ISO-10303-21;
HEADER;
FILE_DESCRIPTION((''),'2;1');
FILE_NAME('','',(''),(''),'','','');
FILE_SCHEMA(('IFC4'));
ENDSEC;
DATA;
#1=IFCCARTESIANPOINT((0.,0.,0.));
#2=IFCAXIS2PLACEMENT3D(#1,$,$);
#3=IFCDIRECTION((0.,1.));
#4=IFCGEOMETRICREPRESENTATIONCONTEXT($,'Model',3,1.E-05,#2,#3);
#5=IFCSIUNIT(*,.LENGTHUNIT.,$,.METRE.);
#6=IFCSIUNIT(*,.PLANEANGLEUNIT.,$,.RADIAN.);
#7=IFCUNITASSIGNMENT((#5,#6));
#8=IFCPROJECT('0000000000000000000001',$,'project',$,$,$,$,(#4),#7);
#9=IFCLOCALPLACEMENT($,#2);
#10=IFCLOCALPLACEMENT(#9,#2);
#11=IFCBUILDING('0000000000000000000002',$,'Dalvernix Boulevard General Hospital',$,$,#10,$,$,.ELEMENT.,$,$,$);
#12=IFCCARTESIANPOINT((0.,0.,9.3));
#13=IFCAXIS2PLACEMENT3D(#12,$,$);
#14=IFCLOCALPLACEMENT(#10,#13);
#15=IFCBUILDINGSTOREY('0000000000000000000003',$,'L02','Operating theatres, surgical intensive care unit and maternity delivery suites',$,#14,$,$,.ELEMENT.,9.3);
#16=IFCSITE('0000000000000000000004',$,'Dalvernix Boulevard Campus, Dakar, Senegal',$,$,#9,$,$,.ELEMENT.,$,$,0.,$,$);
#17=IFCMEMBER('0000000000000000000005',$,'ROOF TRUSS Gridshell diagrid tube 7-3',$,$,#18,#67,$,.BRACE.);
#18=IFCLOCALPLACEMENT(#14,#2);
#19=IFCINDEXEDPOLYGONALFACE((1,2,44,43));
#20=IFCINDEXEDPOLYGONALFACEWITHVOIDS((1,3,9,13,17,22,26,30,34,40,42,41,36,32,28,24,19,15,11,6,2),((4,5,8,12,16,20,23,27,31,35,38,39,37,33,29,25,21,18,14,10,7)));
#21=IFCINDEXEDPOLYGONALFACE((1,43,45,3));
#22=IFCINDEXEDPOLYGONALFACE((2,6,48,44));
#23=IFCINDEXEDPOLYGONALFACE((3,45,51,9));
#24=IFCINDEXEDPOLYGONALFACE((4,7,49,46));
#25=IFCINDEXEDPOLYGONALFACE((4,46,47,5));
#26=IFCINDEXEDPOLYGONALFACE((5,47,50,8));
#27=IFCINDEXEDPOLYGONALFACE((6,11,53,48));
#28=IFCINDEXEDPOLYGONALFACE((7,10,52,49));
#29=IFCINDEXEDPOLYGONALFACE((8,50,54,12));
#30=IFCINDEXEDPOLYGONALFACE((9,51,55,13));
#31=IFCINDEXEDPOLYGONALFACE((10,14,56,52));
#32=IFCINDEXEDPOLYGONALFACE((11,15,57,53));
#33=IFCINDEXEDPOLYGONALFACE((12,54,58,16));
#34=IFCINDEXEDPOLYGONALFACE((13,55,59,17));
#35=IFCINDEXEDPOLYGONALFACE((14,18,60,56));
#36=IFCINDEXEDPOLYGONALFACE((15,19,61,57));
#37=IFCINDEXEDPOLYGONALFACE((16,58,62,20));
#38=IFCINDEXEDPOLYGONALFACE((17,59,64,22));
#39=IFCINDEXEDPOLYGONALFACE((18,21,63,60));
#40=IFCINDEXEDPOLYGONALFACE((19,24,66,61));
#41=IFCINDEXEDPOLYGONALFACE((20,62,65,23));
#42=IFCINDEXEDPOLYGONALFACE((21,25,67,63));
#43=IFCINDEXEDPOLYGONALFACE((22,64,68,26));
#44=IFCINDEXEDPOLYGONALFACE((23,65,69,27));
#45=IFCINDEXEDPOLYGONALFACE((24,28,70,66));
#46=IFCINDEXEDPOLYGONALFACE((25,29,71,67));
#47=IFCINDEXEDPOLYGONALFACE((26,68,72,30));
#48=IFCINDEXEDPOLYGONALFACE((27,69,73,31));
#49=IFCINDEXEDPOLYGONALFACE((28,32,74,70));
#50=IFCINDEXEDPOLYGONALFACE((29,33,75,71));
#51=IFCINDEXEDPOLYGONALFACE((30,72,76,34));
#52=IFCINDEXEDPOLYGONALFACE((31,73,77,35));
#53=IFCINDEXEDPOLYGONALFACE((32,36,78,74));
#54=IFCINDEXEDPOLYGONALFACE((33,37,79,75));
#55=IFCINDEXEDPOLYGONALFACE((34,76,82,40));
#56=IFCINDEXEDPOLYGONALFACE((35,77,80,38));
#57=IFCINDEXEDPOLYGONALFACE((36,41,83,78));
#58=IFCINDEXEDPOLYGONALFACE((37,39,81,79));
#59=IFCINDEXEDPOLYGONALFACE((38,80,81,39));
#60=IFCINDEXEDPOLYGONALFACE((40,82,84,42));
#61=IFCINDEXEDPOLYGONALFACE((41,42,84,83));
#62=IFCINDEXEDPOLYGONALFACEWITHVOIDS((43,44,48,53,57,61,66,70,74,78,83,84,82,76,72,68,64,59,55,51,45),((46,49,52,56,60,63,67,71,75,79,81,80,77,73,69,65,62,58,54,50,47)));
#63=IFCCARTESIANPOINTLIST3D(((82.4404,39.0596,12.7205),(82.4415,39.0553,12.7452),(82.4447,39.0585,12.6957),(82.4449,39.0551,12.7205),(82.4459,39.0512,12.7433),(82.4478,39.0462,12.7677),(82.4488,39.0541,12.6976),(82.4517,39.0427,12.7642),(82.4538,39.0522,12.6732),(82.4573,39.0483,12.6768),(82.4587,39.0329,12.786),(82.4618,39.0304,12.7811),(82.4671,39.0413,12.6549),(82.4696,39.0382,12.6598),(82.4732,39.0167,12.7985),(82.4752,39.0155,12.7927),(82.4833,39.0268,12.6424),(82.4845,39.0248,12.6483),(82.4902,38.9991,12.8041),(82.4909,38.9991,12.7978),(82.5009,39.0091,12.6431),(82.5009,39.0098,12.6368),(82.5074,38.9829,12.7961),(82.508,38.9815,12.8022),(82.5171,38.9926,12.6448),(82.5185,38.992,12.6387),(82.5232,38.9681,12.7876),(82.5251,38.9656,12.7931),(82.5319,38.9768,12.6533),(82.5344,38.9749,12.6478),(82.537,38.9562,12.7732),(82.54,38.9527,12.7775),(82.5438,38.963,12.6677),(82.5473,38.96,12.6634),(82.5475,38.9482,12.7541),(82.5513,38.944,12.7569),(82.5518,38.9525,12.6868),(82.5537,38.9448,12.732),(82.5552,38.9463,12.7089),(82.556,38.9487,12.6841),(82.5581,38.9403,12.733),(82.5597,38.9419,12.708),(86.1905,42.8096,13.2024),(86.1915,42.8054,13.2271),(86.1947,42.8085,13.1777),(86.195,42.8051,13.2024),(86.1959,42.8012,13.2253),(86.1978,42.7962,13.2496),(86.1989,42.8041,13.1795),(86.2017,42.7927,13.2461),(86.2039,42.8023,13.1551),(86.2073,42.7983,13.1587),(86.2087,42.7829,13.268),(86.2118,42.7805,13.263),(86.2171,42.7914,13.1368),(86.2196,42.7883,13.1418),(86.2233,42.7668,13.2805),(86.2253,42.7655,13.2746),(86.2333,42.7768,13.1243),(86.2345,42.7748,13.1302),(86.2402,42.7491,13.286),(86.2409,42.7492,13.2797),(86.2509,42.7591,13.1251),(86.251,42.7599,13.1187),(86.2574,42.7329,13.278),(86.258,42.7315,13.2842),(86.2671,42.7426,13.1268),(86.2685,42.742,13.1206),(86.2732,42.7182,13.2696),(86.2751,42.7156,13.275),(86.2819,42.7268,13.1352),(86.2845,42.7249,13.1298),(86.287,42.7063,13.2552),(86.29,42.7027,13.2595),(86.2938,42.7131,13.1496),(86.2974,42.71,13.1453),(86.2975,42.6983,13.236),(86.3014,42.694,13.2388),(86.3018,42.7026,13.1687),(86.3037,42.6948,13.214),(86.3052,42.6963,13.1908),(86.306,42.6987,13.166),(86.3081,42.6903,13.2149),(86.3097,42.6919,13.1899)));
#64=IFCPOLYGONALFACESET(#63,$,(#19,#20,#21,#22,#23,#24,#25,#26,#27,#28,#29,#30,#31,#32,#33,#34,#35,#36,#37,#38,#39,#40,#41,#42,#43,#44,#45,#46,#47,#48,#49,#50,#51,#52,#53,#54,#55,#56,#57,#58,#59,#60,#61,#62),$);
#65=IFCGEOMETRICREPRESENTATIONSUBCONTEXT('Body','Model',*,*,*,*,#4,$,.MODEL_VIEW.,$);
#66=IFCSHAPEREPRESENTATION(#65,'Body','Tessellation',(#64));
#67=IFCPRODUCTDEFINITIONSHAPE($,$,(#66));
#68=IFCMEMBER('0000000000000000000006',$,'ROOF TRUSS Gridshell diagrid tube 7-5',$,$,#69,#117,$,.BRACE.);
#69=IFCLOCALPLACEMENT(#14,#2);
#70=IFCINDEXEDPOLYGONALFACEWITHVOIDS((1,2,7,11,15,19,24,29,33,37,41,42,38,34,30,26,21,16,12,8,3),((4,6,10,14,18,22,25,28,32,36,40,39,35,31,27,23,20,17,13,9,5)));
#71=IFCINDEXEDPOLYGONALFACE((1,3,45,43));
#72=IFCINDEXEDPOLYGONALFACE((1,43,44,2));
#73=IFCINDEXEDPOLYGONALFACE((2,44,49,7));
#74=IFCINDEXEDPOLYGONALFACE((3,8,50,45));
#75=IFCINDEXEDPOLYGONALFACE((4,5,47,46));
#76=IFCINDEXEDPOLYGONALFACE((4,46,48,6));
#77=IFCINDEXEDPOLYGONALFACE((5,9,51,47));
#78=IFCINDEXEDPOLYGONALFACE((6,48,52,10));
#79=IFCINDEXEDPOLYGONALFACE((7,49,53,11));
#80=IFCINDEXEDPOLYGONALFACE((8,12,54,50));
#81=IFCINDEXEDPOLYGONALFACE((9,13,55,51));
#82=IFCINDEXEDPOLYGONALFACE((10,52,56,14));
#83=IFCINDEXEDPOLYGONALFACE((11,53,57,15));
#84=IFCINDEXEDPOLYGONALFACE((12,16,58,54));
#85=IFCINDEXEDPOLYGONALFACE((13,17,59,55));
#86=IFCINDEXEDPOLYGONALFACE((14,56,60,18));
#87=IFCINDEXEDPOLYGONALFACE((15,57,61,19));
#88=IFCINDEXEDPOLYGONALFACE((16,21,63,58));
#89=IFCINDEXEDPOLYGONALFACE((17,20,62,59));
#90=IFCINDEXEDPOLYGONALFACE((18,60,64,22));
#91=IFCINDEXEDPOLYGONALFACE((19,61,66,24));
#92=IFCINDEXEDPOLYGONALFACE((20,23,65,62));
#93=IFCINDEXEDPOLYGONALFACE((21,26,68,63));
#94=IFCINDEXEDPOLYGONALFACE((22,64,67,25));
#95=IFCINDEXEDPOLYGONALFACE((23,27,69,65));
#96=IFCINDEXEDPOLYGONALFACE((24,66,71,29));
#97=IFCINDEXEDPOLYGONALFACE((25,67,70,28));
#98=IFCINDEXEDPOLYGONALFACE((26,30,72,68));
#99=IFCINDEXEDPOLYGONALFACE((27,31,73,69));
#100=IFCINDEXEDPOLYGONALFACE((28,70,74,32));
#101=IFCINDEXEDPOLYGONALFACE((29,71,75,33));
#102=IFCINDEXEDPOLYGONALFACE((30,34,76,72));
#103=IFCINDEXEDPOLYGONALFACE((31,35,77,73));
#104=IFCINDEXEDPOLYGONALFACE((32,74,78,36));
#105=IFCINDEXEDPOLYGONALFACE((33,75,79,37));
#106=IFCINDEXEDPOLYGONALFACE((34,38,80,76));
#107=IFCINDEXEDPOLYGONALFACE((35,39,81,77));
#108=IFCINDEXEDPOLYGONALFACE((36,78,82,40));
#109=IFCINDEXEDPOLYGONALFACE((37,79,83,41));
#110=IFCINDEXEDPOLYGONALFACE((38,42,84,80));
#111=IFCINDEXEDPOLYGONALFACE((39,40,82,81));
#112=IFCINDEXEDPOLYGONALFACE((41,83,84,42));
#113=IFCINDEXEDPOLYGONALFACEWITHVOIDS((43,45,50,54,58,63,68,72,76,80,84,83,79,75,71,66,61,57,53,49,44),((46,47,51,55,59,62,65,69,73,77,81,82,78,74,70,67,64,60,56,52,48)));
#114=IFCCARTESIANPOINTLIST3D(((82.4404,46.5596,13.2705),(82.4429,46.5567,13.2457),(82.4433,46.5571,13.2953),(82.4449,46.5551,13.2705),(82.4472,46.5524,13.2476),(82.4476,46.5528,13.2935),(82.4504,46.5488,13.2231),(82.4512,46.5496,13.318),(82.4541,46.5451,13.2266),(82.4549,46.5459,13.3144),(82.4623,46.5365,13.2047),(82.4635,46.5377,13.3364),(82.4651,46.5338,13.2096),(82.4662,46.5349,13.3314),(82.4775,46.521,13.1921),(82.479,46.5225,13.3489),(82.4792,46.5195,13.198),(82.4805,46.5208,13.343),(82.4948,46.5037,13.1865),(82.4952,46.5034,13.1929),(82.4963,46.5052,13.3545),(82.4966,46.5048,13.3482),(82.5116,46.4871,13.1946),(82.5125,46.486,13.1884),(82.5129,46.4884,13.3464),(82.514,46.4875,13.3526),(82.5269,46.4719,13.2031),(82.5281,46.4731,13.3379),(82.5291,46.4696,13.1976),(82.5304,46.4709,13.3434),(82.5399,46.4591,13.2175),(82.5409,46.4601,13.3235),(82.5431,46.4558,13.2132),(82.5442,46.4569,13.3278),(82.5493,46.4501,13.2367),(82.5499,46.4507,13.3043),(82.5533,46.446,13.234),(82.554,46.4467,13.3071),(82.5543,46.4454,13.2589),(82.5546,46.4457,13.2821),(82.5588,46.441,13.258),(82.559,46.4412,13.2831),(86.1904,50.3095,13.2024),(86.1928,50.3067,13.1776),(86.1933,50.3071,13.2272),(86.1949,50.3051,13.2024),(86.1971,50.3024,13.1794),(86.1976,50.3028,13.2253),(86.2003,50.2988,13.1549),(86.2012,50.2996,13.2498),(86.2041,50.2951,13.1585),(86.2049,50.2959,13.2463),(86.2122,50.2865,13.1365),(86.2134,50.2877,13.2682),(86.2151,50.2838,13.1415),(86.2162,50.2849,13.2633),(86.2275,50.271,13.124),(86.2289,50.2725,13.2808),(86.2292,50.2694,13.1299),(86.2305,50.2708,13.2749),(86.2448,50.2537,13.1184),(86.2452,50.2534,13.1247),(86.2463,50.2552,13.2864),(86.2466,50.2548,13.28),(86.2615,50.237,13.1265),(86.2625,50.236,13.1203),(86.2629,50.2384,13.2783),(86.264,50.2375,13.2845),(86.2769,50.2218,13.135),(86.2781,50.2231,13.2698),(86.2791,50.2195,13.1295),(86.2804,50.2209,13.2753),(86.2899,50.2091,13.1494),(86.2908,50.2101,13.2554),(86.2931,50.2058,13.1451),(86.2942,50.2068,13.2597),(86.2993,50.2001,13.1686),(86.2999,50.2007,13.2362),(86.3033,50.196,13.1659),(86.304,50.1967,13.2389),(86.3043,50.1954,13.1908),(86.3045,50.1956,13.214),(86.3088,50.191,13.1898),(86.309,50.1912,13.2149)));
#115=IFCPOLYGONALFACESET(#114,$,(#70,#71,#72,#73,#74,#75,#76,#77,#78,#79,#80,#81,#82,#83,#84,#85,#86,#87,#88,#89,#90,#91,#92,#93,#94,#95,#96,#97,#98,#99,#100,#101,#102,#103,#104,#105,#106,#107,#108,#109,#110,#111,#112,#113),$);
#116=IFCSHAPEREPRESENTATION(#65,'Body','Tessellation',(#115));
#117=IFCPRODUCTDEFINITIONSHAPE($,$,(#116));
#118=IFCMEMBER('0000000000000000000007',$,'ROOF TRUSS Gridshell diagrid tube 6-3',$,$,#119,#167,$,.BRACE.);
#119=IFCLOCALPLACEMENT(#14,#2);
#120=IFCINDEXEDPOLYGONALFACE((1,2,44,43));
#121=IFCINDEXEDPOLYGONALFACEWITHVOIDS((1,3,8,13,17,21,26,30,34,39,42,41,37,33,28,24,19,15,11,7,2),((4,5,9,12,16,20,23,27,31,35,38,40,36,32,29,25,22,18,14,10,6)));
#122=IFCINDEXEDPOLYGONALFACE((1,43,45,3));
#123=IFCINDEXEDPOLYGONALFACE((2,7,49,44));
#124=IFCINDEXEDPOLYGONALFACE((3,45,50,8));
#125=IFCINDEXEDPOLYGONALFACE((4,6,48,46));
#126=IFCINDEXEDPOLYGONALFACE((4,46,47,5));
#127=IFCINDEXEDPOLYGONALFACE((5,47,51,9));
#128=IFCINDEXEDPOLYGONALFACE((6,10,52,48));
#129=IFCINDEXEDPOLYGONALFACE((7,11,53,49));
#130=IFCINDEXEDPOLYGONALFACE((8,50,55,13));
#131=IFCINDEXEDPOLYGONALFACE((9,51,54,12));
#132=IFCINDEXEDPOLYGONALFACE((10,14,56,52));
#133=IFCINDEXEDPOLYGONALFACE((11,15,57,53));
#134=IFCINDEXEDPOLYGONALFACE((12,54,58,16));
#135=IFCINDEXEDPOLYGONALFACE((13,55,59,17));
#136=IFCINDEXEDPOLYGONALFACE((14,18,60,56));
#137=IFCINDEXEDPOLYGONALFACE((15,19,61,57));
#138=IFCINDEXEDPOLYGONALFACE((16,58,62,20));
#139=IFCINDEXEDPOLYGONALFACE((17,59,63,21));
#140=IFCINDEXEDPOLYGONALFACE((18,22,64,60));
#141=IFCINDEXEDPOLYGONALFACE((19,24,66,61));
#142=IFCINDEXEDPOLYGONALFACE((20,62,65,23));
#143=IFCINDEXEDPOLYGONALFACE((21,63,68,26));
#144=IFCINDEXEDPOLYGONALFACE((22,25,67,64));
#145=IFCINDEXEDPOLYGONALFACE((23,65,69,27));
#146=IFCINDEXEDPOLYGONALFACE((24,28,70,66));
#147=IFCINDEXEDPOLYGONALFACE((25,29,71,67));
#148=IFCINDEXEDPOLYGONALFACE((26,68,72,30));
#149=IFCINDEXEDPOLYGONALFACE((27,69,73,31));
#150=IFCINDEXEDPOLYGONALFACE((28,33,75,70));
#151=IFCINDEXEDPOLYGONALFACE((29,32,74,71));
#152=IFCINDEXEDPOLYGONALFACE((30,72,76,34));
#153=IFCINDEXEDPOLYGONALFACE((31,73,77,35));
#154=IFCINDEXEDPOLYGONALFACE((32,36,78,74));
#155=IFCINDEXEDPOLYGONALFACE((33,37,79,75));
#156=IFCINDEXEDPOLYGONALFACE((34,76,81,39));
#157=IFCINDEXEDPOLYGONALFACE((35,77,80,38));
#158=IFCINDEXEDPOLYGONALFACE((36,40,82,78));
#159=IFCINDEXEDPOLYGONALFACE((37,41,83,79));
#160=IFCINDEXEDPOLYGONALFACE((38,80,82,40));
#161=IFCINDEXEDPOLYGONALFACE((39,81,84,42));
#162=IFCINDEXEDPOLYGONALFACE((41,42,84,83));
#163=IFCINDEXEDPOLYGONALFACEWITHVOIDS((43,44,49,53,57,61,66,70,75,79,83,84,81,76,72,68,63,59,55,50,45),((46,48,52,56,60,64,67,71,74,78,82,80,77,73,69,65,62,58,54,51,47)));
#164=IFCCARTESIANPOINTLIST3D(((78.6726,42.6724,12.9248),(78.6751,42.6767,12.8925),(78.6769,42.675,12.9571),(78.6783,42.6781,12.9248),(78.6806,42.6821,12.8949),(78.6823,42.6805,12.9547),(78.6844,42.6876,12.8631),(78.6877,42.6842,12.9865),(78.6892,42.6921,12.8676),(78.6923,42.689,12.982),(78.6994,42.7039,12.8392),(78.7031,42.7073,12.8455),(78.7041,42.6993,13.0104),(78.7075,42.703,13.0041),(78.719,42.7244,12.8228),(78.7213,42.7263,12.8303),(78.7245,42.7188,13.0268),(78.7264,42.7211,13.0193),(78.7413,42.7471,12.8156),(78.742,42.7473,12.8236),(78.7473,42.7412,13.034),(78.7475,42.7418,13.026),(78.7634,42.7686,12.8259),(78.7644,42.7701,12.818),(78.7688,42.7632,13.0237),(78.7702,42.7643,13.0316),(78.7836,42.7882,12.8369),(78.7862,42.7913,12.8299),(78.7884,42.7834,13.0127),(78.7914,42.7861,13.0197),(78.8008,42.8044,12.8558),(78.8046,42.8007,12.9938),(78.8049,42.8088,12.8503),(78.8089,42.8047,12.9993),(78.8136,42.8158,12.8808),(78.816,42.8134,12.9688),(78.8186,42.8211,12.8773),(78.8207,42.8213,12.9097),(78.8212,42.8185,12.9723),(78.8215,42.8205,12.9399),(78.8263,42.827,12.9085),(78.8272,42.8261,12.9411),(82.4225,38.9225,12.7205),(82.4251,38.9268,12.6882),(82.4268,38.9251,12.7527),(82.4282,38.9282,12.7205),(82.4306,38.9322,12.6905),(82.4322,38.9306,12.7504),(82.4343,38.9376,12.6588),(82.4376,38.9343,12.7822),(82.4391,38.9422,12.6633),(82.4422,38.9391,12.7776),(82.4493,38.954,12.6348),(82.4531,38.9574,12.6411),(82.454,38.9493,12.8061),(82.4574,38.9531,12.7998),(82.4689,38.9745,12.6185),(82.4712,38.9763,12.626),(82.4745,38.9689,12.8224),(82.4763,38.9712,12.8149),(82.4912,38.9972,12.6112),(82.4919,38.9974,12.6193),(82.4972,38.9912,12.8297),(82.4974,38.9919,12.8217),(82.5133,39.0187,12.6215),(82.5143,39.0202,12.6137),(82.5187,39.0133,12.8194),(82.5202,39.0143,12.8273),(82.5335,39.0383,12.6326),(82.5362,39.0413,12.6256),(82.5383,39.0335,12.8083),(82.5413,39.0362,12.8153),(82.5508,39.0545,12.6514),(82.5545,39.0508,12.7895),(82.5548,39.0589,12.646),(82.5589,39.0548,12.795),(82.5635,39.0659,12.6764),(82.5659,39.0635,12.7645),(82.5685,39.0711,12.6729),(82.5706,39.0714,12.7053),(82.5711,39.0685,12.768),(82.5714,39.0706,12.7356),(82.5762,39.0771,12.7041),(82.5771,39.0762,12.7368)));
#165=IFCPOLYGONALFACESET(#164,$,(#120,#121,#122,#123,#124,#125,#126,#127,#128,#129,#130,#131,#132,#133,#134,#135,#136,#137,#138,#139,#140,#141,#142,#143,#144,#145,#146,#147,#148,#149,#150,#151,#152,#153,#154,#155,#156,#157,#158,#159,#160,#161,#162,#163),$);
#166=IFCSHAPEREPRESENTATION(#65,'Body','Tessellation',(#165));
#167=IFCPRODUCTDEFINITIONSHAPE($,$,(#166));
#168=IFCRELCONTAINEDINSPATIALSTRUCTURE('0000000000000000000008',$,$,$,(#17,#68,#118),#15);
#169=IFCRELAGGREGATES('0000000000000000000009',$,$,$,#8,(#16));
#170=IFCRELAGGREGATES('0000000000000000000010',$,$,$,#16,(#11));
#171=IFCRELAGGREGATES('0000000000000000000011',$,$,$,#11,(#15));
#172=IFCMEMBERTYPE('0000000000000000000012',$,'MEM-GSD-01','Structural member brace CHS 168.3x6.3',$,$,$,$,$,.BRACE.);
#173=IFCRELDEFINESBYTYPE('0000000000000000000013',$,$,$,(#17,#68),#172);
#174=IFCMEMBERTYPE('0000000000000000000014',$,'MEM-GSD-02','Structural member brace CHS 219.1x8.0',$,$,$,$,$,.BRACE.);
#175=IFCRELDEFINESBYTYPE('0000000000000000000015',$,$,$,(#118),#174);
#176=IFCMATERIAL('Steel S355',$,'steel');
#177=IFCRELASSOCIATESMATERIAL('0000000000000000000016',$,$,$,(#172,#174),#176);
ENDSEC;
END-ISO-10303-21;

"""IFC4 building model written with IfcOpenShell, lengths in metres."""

from ifc_helpers import new_model, si_unit, direction, frame, origin, origin_2d, place, context, subcontext, project, spatial, hollow_circle, extrude, material, material_profile, profile_set, type_object, element, save


model = new_model("IFC4")

# Units and contexts
model_context = context("Model", 3, precision=1e-05, world=origin(), true_north=direction((0.0, 1.0)))
body_context = subcontext(model_context, "Body", "Model", "MODEL_VIEW")
ifc_project = project(units=[si_unit("LENGTHUNIT", "METRE"), si_unit("PLANEANGLEUNIT", "RADIAN")], contexts=[model_context])

# Site, building, storey
site_placement = place(None, origin())
site = spatial("IfcSite", under=ifc_project, at=site_placement, Name="Dalvernix Boulevard Campus, Dakar, Senegal", CompositionType="ELEMENT", RefElevation=0.0)
building_placement = place(site_placement, origin())
building = spatial("IfcBuilding", under=site, at=building_placement, Name="Dalvernix Boulevard General Hospital", CompositionType="ELEMENT")
storey_placement = place(building_placement, frame((0.0, 0.0, 9.3)))
storey = spatial("IfcBuildingStorey", under=building, at=storey_placement, Name="L02", Description="Operating theatres, surgical intensive care unit and maternity delivery suites", CompositionType="ELEMENT", Elevation=9.3)

# Shared definitions
ifc_material_1 = material(Name="Steel S355", Category="steel")

# Members
ifc_material_profile_1 = material_profile(ifc_material_1, hollow_circle(Radius=0.0842, WallThickness=0.0063, at=origin_2d()), Name="CHS 168.3x6.3")
ifc_profile_set_1 = profile_set([ifc_material_profile_1], Name="Steel S355")
member_type_1 = type_object("IfcMemberType", Name="MEM-GSD-01", Description="Structural member brace CHS 168.3x6.3", PredefinedType="BRACE", material=ifc_profile_set_1)
member_1_placement = place(storey_placement, frame((82.5, 39.0, 12.7205), z_axis=(0.704205, 0.704205, 0.090501), x_axis=(-0.707107, 0.707107, 0.0)))
element("IfcMember", 1, at=member_1_placement, inside=storey, type_object=member_type_1, Name="ROOF TRUSS Gridshell diagrid tube 7-3", PredefinedType="BRACE", context=body_context, shape_type="SweptSolid", body=[
    extrude(hollow_circle(Radius=0.0842, WallThickness=0.0063, at=origin_2d()), origin(), (0.0, 0.0, 1.0), 5.3252),
])
member_2_placement = place(storey_placement, frame((82.5, 46.5, 13.2705), z_axis=(0.707048, 0.707048, -0.012843), x_axis=(-0.707107, 0.707107, 0.0)))
element("IfcMember", 2, at=member_2_placement, inside=storey, type_object=member_type_1, Name="ROOF TRUSS Gridshell diagrid tube 7-5", PredefinedType="BRACE", context=body_context, shape_type="SweptSolid", body=[
    extrude(hollow_circle(Radius=0.0842, WallThickness=0.0063, at=origin_2d()), origin(), (0.0, 0.0, 1.0), 5.3037),
])
ifc_material_profile_2 = material_profile(ifc_material_1, hollow_circle(Radius=0.1096, WallThickness=0.0081, at=origin_2d()), Name="CHS 219.1x8.0")
ifc_profile_set_2 = profile_set([ifc_material_profile_2], Name="Steel S355")
member_type_2 = type_object("IfcMemberType", Name="MEM-GSD-02", Description="Structural member brace CHS 219.1x8.0", PredefinedType="BRACE", material=ifc_profile_set_2)
member_3_placement = place(storey_placement, frame((82.5, 39.0, 12.7205), z_axis=(-0.706582, 0.706582, 0.038503), x_axis=(-0.707107, -0.707107, 0.0)))
element("IfcMember", 3, at=member_3_placement, inside=storey, type_object=member_type_2, Name="ROOF TRUSS Gridshell diagrid tube 6-3", PredefinedType="BRACE", context=body_context, shape_type="SweptSolid", body=[
    extrude(hollow_circle(Radius=0.1096, WallThickness=0.0081, at=origin_2d()), origin(), (0.0, 0.0, 1.0), 5.3071),
])

save(model, "model.ifc")
